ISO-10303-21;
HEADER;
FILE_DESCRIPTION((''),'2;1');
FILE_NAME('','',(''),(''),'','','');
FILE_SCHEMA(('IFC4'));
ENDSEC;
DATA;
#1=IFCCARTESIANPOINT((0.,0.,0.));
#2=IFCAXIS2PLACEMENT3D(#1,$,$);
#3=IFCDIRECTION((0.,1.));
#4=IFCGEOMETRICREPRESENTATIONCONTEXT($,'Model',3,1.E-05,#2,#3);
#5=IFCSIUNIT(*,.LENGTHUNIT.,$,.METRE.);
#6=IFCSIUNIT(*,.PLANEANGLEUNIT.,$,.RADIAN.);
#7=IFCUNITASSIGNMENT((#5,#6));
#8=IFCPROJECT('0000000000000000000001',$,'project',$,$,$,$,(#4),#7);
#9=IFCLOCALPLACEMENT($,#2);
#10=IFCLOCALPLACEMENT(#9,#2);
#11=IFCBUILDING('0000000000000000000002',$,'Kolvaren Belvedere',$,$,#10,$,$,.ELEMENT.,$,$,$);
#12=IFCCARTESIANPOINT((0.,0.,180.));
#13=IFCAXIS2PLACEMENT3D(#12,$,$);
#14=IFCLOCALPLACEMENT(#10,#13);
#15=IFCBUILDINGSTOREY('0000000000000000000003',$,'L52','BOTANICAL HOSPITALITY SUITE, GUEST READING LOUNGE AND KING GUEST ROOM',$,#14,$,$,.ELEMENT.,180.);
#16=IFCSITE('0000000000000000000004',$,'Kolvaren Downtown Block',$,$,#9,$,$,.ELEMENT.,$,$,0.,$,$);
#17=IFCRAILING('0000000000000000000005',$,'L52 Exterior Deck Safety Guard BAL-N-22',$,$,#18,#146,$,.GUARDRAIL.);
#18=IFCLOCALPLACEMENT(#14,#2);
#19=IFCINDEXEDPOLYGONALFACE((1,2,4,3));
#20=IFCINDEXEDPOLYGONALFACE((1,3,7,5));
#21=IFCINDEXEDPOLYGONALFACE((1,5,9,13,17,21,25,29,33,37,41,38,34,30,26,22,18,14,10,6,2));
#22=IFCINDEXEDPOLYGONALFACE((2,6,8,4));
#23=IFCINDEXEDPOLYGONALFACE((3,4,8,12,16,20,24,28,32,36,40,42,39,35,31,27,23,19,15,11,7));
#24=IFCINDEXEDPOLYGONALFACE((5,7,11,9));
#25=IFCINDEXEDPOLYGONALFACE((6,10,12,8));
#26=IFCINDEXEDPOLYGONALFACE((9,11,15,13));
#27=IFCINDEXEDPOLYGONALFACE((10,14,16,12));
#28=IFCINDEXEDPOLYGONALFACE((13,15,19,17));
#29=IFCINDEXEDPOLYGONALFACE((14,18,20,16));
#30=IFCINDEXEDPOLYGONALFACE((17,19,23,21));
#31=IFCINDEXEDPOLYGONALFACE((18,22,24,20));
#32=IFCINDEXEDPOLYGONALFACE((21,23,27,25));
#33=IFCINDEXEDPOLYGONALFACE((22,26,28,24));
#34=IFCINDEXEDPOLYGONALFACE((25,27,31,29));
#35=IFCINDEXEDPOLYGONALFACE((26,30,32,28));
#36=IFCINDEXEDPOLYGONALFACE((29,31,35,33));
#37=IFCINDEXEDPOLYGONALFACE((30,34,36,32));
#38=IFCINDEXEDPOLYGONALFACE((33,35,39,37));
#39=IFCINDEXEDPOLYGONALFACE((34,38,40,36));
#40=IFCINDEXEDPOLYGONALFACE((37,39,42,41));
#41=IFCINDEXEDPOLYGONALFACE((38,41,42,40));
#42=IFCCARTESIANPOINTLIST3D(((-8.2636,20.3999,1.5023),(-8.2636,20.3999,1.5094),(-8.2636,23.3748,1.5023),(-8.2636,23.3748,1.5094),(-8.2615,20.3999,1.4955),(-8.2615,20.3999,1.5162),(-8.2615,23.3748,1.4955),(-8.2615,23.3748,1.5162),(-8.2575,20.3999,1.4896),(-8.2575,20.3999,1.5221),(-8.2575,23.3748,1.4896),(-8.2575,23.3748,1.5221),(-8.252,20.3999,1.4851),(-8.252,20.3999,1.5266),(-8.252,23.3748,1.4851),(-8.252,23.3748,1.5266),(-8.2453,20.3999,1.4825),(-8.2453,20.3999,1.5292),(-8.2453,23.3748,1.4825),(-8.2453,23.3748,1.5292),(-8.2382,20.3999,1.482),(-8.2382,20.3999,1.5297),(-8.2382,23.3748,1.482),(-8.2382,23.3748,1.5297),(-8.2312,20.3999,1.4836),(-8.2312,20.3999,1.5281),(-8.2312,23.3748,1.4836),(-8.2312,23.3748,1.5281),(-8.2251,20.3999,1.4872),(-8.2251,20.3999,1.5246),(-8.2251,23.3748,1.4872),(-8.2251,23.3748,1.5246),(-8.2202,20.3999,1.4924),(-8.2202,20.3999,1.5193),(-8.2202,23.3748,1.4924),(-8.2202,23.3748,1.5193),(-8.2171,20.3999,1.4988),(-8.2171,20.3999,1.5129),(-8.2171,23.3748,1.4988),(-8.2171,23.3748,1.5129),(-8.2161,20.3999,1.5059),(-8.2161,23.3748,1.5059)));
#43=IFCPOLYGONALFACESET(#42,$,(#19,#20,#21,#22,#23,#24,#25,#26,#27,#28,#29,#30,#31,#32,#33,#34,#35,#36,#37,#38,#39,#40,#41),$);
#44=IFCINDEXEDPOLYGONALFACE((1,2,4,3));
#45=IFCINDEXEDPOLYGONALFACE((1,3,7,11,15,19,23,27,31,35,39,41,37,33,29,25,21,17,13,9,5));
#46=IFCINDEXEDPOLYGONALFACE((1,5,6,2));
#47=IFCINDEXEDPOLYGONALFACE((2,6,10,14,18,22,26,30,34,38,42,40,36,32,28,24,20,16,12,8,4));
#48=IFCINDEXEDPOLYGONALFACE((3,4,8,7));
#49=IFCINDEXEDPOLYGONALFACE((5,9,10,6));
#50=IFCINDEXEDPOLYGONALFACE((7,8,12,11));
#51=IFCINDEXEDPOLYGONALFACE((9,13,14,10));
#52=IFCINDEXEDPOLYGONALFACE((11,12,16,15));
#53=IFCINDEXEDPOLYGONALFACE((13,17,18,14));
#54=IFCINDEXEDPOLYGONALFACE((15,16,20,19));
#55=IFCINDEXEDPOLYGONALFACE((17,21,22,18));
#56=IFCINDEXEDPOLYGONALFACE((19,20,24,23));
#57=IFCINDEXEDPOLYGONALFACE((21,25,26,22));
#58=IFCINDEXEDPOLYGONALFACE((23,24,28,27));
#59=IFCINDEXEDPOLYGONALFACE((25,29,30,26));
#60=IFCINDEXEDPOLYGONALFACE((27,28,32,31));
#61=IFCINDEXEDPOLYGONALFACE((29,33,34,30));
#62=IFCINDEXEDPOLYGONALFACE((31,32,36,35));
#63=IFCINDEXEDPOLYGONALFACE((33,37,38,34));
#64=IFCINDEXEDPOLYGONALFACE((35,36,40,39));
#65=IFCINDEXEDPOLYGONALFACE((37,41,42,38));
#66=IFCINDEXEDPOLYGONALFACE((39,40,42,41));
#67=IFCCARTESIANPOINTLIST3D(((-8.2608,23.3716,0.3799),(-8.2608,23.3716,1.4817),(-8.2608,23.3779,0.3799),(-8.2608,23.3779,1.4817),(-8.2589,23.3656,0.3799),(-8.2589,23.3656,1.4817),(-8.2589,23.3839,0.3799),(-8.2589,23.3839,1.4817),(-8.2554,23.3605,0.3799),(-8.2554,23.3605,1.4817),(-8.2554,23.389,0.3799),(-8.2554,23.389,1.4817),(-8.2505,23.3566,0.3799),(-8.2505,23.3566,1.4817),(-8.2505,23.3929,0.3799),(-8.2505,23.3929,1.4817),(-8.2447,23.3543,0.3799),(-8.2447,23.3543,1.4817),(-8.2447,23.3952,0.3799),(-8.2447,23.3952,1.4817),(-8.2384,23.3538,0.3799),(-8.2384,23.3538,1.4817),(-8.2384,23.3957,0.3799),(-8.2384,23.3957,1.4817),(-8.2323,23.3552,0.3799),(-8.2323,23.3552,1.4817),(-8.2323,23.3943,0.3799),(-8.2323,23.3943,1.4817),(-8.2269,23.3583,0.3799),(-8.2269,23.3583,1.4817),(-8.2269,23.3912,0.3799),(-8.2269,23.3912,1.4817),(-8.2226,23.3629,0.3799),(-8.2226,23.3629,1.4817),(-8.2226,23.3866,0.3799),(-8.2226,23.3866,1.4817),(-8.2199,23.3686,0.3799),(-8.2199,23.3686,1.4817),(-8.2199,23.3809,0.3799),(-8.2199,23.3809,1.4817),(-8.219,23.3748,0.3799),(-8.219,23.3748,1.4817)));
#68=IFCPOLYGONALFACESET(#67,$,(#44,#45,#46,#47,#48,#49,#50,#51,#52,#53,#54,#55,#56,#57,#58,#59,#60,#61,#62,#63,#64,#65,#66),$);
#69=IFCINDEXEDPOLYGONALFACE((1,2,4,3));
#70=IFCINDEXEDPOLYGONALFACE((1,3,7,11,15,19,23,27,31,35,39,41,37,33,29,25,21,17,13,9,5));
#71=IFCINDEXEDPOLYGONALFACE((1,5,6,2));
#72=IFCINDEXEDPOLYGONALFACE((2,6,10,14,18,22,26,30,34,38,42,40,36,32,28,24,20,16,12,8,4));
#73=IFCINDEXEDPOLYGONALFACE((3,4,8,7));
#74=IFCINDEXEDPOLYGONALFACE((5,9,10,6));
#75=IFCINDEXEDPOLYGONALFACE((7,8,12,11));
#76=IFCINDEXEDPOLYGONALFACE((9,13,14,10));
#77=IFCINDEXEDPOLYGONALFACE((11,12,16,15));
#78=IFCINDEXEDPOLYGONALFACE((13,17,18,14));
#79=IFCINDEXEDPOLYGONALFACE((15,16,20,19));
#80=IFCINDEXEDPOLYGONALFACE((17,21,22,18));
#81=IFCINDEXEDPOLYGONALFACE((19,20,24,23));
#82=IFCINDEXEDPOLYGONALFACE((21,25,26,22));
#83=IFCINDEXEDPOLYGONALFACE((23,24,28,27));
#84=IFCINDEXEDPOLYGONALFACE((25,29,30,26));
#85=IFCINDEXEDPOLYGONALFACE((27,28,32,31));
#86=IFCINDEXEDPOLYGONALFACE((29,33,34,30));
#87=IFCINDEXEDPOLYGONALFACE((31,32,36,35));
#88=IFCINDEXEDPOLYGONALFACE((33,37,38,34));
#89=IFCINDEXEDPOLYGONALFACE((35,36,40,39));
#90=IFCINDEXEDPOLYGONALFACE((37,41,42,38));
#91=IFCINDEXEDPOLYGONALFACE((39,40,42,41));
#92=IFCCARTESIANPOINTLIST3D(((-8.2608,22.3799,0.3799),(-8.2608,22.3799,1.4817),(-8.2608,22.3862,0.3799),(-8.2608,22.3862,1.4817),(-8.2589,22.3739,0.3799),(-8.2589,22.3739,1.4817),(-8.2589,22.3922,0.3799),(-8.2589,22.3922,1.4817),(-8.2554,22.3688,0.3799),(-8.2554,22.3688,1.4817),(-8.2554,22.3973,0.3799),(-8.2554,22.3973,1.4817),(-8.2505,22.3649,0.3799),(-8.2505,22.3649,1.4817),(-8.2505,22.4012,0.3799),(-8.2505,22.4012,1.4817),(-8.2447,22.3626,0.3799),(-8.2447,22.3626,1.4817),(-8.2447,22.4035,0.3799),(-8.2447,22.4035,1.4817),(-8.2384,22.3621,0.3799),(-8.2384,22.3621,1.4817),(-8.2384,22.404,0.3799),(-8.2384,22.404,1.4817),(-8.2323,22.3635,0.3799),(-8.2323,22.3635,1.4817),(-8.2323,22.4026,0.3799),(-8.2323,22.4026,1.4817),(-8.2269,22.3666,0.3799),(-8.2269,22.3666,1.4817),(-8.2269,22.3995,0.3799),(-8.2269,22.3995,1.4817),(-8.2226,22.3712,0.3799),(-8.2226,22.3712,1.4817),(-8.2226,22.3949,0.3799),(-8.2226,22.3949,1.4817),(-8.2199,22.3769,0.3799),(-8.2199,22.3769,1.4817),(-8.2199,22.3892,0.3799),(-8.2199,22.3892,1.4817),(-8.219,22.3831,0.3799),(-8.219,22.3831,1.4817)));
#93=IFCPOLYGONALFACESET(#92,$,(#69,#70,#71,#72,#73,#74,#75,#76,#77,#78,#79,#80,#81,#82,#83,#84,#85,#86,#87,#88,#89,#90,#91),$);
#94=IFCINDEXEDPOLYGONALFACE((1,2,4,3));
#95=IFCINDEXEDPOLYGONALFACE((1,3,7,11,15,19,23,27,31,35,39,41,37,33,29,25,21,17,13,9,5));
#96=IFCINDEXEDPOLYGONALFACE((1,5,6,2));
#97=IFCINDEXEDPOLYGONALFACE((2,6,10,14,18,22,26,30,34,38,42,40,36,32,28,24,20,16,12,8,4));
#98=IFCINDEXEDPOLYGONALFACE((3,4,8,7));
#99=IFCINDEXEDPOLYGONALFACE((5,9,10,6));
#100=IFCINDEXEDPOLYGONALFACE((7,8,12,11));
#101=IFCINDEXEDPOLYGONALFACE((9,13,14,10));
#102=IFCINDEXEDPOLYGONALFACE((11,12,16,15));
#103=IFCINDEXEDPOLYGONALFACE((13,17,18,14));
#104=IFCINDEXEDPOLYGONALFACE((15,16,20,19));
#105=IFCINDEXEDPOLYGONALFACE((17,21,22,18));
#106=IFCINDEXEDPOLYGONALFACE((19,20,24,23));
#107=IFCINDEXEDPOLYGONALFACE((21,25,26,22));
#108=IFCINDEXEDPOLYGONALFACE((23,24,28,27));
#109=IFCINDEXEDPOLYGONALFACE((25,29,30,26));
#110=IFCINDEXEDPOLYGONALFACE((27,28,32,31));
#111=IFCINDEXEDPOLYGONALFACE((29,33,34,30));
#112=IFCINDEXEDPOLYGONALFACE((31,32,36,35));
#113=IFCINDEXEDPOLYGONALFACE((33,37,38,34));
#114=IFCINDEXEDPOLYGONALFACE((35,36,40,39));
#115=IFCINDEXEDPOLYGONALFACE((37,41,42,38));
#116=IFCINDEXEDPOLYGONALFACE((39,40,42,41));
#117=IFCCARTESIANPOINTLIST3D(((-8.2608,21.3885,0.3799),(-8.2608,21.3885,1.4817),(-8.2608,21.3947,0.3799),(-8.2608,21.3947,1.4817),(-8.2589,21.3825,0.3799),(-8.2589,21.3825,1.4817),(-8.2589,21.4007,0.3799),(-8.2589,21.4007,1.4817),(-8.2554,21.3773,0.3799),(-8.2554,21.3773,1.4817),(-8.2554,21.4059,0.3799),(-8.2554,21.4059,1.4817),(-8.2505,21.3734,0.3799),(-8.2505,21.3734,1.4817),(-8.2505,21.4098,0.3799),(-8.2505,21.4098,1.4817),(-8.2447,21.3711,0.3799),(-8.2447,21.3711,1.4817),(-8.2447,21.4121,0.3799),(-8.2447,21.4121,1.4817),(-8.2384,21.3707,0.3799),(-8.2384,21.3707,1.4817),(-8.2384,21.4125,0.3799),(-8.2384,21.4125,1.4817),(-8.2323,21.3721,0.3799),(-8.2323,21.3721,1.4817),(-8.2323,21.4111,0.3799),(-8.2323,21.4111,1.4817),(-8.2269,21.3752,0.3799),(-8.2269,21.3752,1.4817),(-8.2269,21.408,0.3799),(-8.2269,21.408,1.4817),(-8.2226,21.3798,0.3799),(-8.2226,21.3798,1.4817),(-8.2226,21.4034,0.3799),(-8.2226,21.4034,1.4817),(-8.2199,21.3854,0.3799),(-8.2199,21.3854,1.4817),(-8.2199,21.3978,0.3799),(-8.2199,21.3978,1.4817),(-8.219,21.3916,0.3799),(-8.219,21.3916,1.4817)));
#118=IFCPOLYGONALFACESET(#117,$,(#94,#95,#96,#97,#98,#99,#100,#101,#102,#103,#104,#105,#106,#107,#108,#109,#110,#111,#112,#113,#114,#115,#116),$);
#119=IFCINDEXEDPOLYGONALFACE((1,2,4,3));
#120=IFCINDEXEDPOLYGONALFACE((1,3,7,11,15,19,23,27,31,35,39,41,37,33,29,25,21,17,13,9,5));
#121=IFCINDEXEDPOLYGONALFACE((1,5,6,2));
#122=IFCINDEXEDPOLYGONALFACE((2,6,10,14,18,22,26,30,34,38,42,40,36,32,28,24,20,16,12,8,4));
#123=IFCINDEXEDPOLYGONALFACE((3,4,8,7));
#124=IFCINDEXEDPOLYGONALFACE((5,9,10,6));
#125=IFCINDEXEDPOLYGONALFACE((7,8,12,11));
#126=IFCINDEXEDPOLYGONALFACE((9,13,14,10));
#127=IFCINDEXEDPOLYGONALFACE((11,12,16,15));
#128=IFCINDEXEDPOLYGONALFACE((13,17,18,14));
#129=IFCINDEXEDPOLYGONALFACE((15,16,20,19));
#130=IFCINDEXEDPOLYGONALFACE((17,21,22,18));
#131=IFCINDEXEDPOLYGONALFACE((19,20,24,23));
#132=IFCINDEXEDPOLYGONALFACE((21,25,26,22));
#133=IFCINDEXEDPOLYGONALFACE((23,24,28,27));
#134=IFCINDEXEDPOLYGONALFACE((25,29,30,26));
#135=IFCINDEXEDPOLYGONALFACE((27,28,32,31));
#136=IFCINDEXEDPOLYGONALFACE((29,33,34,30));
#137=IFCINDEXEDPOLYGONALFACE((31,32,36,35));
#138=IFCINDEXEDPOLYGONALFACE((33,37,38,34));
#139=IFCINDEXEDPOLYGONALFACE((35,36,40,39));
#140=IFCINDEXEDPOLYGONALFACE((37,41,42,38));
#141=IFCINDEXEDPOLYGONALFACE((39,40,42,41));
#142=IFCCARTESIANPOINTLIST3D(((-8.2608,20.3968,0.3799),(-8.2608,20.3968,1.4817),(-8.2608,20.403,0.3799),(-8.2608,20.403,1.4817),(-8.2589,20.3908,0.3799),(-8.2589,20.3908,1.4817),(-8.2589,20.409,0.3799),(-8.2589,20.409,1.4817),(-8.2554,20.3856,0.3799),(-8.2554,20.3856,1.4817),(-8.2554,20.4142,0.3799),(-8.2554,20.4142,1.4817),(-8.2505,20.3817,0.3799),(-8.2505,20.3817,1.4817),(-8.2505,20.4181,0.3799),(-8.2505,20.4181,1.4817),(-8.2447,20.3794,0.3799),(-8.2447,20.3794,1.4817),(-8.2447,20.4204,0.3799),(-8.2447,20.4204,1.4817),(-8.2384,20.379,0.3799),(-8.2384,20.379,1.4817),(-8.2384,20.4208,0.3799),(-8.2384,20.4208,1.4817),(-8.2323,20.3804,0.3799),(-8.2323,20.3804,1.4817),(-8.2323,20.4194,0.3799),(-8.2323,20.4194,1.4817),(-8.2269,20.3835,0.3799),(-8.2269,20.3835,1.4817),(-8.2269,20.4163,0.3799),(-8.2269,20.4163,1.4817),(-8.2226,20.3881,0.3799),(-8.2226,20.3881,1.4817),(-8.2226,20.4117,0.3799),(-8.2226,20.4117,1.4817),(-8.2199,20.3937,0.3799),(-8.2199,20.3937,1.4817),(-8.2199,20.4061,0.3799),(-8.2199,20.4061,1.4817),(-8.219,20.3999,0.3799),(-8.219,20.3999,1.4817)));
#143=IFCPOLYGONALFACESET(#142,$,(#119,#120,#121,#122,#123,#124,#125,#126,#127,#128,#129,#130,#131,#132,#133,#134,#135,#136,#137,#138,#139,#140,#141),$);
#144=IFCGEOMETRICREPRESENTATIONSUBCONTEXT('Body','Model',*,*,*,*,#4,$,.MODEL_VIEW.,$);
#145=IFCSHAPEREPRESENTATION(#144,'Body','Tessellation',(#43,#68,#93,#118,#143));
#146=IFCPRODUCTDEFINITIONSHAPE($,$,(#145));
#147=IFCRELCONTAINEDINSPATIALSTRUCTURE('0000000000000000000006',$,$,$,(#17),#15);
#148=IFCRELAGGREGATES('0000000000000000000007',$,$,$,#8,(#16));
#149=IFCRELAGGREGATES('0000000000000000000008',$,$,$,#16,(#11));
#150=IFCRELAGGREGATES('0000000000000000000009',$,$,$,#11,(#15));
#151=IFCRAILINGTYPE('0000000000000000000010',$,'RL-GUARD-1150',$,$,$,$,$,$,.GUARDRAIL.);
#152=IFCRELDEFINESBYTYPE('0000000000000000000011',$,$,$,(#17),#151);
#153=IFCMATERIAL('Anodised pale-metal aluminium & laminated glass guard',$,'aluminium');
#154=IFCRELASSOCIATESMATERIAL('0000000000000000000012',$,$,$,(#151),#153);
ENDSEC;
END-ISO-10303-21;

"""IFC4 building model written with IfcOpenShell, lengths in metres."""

from ifc_helpers import new_model, si_unit, direction, frame, origin, origin_2d, place, context, subcontext, project, spatial, circle, extrude, material, type_object, element, save


model = new_model("IFC4")

# Units and contexts
model_context = context("Model", 3, precision=1e-05, world=origin(), true_north=direction((0.0, 1.0)))
body_context = subcontext(model_context, "Body", "Model", "MODEL_VIEW")
ifc_project = project(units=[si_unit("LENGTHUNIT", "METRE"), si_unit("PLANEANGLEUNIT", "RADIAN")], contexts=[model_context])

# Site, building, storey
site_placement = place(None, origin())
site = spatial("IfcSite", under=ifc_project, at=site_placement, Name="Kolvaren Downtown Block", CompositionType="ELEMENT", RefElevation=0.0)
building_placement = place(site_placement, origin())
building = spatial("IfcBuilding", under=site, at=building_placement, Name="Kolvaren Belvedere", CompositionType="ELEMENT")
storey_placement = place(building_placement, frame((0.0, 0.0, 180.0)))
storey = spatial("IfcBuildingStorey", under=building, at=storey_placement, Name="L52", Description="BOTANICAL HOSPITALITY SUITE, GUEST READING LOUNGE AND KING GUEST ROOM", CompositionType="ELEMENT", Elevation=180.0)

# Railing
ifc_material_1 = material(Name="Anodised pale-metal aluminium & laminated glass guard", Category="aluminium")
railing_type = type_object("IfcRailingType", Name="RL-GUARD-1150", PredefinedType="GUARDRAIL", material=ifc_material_1)
railing_1_placement = place(storey_placement, frame((-8.24, 23.3748, 0.3799)))
element("IfcRailing", 1, at=railing_1_placement, inside=storey, type_object=railing_type, Name="L52 Exterior Deck Safety Guard BAL-N-22", PredefinedType="GUARDRAIL", context=body_context, shape_type="SweptSolid", body=[
    extrude(circle(Radius=0.0239, at=origin_2d()), frame((0.0, 0.0, 1.126), z_axis=(0.0, -1.0, 0.0), x_axis=(1.0, 0.0, 0.0)), (0.0, 0.0, 1.0), 2.9749),
    extrude(circle(Radius=0.021, at=origin_2d()), origin(), (0.0, 0.0, 1.0), 1.1018),
    extrude(circle(Radius=0.021, at=origin_2d()), frame((0.0, -0.9917, 0.0)), (0.0, 0.0, 1.0), 1.1018),
    extrude(circle(Radius=0.021, at=origin_2d()), frame((0.0, -1.9832, 0.0)), (0.0, 0.0, 1.0), 1.1018),
    extrude(circle(Radius=0.021, at=origin_2d()), frame((0.0, -2.9749, 0.0)), (0.0, 0.0, 1.0), 1.1018),
])

save(model, "model.ifc")
